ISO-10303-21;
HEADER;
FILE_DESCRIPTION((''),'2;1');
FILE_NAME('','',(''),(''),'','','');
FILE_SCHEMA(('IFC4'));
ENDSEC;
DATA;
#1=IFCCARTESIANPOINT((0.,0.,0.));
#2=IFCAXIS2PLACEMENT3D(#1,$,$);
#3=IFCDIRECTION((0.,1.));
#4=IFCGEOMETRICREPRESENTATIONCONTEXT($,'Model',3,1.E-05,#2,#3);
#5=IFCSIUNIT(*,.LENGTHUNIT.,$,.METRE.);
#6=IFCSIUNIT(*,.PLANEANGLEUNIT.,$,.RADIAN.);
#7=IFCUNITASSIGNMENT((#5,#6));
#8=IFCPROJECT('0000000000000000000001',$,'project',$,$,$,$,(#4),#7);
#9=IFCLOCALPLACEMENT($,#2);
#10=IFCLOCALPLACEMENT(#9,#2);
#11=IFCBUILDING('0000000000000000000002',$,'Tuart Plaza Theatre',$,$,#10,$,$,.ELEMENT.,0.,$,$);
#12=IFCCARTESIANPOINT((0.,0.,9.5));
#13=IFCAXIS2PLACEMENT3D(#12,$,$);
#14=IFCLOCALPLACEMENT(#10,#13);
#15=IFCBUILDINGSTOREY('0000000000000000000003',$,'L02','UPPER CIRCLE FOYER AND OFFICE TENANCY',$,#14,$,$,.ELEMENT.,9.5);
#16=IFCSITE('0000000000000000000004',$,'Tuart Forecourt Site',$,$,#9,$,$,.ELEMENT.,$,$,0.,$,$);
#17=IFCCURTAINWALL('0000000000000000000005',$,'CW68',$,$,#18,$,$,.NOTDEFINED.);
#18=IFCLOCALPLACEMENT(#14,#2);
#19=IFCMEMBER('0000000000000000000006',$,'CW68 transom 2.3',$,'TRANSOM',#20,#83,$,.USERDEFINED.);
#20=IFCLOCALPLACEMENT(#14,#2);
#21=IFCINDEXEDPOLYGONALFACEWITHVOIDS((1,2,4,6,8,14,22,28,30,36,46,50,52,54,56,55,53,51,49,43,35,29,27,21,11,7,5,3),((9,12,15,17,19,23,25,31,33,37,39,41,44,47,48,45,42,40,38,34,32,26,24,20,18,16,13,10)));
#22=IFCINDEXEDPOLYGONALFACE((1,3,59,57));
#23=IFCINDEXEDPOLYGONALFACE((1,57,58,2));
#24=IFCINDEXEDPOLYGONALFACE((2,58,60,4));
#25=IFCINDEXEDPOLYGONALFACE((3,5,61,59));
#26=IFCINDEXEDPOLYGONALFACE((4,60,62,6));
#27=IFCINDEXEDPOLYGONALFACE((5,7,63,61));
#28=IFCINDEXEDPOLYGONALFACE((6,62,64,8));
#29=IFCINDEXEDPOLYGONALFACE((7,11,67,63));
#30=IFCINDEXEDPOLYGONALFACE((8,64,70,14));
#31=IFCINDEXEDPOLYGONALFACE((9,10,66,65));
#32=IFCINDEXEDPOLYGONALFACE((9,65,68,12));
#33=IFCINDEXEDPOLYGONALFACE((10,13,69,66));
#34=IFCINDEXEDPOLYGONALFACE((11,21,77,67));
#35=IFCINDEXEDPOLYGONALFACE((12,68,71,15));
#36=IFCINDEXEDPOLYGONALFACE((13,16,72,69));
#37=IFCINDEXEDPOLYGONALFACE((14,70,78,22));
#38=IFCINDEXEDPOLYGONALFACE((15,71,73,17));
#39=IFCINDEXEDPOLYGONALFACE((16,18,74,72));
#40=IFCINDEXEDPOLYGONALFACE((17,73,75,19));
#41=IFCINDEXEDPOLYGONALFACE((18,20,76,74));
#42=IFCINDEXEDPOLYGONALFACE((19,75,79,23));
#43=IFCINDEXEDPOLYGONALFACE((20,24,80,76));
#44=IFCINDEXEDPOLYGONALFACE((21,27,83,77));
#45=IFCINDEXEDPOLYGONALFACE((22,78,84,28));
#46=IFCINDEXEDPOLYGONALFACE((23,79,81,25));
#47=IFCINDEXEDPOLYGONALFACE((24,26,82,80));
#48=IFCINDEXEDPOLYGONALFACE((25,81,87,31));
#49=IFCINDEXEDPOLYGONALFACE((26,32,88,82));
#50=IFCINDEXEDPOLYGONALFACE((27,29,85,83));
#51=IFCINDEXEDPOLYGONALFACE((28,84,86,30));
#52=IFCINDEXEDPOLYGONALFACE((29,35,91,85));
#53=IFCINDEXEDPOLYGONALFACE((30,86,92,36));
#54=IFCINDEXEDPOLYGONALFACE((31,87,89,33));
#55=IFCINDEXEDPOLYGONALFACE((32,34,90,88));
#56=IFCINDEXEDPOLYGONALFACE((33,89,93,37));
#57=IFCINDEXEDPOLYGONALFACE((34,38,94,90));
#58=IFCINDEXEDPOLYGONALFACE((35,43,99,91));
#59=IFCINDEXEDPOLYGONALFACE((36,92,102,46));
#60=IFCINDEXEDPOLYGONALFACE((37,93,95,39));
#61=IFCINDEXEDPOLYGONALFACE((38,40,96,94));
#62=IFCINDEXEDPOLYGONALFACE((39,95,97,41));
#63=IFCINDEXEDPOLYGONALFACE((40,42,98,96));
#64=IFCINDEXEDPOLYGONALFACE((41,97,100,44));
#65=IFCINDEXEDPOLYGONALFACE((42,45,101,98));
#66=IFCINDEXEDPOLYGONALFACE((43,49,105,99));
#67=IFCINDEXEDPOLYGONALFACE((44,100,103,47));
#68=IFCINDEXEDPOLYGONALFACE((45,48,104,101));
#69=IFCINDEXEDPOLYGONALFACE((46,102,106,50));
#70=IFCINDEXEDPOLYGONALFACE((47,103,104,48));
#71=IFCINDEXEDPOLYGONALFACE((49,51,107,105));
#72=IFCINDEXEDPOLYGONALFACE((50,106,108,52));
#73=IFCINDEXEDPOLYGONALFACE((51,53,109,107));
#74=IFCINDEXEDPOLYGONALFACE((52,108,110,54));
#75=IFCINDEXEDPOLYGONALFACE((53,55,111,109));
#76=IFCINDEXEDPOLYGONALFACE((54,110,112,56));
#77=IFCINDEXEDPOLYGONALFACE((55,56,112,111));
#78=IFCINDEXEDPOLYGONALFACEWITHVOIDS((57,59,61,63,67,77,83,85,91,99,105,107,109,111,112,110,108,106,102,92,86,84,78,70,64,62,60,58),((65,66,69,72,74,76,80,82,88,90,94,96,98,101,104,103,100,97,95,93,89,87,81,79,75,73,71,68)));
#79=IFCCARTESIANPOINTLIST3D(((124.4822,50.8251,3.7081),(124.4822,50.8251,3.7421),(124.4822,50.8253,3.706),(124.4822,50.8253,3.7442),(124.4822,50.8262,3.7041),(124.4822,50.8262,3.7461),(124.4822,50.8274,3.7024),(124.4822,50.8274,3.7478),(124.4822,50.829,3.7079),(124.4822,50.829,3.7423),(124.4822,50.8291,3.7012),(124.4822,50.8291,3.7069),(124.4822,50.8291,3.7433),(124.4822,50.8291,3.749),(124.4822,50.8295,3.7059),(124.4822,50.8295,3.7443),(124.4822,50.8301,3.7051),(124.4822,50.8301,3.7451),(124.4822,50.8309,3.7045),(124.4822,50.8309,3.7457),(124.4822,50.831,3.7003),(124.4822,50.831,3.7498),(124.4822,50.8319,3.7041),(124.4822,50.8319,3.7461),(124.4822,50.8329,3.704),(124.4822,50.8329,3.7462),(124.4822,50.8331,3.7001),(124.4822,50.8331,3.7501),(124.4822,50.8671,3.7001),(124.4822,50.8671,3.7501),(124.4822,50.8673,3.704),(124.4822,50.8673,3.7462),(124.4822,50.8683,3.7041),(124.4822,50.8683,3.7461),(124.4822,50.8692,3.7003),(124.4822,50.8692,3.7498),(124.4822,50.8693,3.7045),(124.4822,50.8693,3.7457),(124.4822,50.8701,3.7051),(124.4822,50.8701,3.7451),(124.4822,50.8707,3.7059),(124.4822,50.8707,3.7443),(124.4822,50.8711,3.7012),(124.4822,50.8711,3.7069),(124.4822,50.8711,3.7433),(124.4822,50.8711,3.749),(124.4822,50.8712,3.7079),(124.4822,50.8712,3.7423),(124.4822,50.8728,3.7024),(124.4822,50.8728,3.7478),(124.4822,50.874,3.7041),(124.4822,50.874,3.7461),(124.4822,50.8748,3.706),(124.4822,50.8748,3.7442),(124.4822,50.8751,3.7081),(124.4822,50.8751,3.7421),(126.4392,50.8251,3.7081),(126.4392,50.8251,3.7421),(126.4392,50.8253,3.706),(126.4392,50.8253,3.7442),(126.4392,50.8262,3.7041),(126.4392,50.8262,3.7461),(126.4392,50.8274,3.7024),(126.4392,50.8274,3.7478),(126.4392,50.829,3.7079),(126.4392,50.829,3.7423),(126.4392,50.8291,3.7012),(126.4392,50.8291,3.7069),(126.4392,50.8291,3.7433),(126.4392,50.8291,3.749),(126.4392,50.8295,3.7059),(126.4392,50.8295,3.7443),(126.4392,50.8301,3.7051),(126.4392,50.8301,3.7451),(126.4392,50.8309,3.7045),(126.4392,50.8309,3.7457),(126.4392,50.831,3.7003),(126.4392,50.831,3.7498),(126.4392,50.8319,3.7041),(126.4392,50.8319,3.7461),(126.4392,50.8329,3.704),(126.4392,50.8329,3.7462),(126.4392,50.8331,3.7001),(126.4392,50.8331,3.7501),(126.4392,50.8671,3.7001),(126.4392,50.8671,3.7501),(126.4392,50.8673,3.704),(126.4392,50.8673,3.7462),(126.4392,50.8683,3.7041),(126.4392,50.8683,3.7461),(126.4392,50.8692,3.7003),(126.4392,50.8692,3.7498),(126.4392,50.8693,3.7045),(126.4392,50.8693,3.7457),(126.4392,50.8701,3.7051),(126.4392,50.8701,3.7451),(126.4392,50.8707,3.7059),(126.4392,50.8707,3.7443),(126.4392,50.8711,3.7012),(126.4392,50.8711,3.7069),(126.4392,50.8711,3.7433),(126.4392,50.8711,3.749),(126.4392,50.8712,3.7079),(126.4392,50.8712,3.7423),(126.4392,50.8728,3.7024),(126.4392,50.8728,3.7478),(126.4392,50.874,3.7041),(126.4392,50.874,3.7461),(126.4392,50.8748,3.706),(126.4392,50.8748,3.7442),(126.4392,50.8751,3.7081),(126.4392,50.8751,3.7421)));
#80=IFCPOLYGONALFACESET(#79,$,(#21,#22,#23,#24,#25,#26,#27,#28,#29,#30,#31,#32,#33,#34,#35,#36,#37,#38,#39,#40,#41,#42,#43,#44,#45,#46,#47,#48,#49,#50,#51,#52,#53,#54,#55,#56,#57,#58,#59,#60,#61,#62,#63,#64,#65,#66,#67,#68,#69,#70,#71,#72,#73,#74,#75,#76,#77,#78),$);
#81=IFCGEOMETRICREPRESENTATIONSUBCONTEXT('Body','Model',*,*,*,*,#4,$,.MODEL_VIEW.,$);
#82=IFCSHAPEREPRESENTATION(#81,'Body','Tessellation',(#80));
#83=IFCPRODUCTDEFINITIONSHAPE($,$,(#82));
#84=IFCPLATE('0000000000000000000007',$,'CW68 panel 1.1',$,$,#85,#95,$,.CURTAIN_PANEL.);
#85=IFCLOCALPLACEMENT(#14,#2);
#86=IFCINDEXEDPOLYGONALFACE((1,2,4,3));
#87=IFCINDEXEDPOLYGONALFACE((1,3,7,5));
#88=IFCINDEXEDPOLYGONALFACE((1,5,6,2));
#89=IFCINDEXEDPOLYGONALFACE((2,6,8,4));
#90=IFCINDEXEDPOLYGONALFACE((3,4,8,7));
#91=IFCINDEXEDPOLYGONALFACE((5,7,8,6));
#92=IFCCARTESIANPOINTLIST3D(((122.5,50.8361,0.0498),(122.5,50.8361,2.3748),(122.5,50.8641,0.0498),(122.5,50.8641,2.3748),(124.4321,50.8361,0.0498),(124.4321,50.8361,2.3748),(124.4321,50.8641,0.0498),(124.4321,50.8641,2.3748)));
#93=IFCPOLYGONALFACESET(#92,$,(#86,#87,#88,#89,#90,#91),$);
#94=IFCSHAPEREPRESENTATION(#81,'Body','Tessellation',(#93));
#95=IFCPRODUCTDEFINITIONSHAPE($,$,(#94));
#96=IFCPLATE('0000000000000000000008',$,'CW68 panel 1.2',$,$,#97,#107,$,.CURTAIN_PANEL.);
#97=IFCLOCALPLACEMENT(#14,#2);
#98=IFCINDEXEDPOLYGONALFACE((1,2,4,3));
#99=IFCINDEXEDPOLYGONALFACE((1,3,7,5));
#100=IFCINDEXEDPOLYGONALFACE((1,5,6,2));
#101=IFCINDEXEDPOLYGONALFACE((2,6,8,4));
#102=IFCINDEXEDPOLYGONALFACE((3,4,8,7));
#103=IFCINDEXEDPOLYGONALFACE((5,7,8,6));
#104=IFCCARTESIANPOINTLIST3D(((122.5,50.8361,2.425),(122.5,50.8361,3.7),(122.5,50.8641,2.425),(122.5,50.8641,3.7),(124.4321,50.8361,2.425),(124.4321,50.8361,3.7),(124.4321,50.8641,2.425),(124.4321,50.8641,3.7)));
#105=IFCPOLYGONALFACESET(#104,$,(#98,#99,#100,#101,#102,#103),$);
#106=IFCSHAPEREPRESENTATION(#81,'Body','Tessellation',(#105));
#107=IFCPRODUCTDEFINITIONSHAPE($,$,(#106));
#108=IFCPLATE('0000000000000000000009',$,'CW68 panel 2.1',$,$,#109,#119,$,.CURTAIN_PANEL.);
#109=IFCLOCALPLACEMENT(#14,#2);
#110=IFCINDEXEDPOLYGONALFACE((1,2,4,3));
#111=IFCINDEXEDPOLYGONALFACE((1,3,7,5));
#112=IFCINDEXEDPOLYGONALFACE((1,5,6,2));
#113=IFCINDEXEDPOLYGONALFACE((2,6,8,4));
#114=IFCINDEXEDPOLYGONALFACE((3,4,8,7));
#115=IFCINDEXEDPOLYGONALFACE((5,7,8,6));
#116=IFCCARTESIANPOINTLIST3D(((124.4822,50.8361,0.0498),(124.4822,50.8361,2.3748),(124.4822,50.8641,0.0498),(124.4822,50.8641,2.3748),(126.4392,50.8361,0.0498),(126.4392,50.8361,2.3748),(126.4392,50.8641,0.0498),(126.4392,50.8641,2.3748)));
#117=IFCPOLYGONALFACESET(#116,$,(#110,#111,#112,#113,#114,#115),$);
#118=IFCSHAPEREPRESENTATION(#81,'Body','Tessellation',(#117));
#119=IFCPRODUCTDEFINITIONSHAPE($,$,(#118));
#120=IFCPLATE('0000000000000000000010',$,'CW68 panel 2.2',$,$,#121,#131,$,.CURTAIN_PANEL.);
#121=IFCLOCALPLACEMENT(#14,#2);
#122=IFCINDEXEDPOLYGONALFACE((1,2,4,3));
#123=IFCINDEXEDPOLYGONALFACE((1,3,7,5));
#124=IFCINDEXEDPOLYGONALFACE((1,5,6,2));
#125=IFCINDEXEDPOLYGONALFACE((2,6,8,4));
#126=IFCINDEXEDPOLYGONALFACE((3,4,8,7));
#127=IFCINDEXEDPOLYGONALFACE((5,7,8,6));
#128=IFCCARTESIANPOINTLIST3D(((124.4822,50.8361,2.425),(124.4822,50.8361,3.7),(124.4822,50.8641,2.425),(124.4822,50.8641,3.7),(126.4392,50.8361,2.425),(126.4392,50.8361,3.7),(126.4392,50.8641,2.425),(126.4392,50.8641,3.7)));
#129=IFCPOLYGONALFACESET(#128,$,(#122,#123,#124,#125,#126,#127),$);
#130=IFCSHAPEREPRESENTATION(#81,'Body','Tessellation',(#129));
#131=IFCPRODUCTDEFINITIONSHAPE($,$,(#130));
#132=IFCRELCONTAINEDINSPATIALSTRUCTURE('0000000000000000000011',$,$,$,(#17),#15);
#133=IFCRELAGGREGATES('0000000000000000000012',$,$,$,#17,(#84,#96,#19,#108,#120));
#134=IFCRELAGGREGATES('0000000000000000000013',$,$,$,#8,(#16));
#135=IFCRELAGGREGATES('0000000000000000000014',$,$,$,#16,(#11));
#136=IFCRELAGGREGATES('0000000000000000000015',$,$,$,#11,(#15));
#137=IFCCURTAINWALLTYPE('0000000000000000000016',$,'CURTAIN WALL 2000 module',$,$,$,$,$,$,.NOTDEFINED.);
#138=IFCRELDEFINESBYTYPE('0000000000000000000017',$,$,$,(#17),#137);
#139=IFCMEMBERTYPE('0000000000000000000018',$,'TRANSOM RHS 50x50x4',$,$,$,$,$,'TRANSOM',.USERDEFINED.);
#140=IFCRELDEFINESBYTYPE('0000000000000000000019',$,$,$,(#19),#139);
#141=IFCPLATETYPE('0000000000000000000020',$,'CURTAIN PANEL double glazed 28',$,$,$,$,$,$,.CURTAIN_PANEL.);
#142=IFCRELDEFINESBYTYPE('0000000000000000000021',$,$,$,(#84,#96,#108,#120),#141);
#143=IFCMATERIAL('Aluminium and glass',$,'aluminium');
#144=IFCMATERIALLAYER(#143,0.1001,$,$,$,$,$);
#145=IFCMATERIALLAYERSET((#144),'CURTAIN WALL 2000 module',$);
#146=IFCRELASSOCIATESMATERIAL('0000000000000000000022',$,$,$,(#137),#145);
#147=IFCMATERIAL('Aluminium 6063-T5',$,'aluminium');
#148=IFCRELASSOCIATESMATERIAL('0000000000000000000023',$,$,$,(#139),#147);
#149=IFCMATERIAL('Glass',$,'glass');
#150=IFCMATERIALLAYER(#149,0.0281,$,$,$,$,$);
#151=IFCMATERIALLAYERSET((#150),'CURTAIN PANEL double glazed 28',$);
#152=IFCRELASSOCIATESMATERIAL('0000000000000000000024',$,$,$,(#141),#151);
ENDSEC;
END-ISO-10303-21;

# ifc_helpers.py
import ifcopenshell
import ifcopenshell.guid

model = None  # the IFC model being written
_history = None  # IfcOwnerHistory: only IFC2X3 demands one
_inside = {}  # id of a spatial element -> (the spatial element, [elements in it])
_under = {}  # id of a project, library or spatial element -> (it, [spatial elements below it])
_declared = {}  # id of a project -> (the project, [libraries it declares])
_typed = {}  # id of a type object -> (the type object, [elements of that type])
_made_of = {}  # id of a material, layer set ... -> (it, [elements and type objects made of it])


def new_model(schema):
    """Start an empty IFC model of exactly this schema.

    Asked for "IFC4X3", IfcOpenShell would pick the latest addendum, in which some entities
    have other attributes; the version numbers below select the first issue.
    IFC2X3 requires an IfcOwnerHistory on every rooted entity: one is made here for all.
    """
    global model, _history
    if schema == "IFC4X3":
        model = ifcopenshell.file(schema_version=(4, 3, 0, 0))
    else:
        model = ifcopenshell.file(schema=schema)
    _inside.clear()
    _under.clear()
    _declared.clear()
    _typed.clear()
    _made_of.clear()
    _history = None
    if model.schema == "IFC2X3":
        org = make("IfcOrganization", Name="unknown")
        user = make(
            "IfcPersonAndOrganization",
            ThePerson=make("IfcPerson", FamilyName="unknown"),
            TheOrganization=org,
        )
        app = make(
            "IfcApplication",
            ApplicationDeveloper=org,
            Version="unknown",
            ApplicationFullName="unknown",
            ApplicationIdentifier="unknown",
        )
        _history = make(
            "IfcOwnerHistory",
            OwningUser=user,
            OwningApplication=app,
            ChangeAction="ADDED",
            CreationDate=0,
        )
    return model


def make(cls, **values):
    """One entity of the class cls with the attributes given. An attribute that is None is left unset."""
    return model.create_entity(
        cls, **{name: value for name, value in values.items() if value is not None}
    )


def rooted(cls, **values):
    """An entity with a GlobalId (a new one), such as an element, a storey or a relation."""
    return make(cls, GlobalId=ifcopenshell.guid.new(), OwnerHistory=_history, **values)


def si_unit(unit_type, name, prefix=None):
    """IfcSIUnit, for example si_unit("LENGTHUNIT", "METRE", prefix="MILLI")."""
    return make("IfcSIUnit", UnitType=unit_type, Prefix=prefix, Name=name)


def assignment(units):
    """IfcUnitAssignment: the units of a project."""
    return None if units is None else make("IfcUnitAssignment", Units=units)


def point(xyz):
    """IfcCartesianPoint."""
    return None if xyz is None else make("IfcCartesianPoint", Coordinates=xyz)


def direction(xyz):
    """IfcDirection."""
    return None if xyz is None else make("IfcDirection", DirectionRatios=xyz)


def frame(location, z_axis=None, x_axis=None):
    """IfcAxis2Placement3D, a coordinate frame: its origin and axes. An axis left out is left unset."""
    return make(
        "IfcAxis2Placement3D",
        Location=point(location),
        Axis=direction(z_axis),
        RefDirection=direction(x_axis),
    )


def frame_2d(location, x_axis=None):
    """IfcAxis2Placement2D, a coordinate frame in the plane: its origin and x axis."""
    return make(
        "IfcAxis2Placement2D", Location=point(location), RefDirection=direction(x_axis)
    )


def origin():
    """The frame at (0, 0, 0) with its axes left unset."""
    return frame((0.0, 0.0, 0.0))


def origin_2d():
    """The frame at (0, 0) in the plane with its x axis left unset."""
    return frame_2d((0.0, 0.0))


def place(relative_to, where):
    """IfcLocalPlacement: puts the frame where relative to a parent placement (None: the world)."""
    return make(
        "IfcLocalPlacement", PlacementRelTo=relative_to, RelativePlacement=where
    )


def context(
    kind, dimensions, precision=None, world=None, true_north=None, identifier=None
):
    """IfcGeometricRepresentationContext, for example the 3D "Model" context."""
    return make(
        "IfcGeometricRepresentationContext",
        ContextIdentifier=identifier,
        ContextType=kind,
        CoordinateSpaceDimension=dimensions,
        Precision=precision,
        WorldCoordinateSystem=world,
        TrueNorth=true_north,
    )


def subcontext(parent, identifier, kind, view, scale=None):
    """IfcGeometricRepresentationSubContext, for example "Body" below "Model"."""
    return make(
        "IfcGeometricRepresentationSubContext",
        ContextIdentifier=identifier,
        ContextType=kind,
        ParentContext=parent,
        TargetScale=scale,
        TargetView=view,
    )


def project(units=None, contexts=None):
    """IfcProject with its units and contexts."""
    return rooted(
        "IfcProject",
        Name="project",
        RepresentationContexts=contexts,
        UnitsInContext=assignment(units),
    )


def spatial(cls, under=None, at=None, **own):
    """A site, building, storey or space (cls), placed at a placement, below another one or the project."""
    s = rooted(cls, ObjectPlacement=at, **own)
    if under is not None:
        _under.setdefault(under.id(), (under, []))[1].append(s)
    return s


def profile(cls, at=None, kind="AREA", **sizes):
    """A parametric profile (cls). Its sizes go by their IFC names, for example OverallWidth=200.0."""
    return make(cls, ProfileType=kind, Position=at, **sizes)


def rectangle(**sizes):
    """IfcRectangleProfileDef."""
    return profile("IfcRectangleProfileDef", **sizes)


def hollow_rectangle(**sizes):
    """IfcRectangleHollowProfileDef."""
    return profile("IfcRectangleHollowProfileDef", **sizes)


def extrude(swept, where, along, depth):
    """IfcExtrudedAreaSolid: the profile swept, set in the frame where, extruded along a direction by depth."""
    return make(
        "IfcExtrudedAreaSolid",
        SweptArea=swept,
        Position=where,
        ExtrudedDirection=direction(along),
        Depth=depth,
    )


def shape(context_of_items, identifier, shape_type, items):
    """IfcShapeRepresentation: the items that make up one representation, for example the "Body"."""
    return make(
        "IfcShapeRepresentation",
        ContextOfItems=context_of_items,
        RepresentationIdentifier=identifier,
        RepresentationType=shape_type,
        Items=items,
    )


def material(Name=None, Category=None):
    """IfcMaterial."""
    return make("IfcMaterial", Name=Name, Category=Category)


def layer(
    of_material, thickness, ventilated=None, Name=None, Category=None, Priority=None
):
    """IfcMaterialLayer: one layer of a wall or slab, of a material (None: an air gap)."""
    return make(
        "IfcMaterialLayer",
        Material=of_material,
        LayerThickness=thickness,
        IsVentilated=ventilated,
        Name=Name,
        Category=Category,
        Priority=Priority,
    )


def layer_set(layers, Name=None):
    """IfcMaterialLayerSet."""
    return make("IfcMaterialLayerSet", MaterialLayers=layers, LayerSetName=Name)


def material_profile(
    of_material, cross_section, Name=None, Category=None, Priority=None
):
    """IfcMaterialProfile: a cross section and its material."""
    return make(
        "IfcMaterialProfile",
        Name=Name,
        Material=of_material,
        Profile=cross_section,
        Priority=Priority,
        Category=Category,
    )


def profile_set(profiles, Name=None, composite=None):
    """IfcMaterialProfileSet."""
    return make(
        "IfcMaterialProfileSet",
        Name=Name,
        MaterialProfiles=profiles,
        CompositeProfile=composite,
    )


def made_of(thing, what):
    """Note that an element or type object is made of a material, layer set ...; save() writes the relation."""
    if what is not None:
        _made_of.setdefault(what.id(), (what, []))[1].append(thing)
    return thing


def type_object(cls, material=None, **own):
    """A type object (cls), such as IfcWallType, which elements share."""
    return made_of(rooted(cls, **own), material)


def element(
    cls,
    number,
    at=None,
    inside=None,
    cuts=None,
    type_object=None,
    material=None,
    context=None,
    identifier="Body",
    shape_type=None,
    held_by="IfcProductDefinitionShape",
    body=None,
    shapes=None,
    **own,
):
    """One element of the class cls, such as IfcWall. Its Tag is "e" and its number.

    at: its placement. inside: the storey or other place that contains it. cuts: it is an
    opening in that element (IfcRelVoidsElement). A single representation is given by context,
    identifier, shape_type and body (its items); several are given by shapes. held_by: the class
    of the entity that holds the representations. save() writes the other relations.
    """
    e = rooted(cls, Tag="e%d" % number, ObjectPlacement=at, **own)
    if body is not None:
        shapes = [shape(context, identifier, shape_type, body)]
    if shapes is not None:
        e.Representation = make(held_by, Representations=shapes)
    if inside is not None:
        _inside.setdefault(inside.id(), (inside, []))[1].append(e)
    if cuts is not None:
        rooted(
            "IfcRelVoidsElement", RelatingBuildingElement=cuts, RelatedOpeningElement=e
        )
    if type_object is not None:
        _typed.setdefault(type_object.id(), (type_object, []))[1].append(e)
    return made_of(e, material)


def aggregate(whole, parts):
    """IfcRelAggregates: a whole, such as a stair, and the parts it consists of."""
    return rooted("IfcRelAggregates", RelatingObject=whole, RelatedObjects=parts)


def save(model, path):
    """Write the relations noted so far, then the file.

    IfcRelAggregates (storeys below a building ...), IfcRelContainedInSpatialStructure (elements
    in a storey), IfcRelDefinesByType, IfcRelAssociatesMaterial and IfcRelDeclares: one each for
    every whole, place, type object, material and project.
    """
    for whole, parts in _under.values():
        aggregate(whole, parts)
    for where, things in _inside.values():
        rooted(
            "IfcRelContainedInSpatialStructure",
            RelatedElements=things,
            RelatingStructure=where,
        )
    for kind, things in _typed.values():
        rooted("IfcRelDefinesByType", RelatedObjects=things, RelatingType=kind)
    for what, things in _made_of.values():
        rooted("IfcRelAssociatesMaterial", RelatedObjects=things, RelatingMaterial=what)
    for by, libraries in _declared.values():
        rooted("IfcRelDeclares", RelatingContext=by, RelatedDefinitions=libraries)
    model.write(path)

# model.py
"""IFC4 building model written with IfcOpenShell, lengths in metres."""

from ifc_helpers import new_model, si_unit, direction, frame, origin, origin_2d, place, context, subcontext, project, spatial, rectangle, hollow_rectangle, extrude, material, layer, layer_set, material_profile, profile_set, type_object, element, aggregate, save


model = new_model("IFC4")

# Units and contexts
model_context = context("Model", 3, precision=1e-05, world=origin(), true_north=direction((0.0, 1.0)))
body_context = subcontext(model_context, "Body", "Model", "MODEL_VIEW")
ifc_project = project(units=[si_unit("LENGTHUNIT", "METRE"), si_unit("PLANEANGLEUNIT", "RADIAN")], contexts=[model_context])

# Site, building, storey
site_placement = place(None, origin())
site = spatial("IfcSite", under=ifc_project, at=site_placement, Name="Tuart Forecourt Site", CompositionType="ELEMENT", RefElevation=0.0)
building_placement = place(site_placement, origin())
building = spatial("IfcBuilding", under=site, at=building_placement, Name="Tuart Plaza Theatre", CompositionType="ELEMENT", ElevationOfRefHeight=0.0)
storey_placement = place(building_placement, frame((0.0, 0.0, 9.5)))
storey = spatial("IfcBuildingStorey", under=building, at=storey_placement, Name="L02", Description="UPPER CIRCLE FOYER AND OFFICE TENANCY", CompositionType="ELEMENT", Elevation=9.5)

# Shared definitions
ifc_material_1 = material(Name="Aluminium and glass", Category="aluminium")
ifc_layer_1 = layer(ifc_material_1, 0.1001)
ifc_layer_set_1 = layer_set([ifc_layer_1], Name="CURTAIN WALL 2000 module")
curtain_wall_type = type_object("IfcCurtainWallType", Name="CURTAIN WALL 2000 module", PredefinedType="NOTDEFINED", material=ifc_layer_set_1)

# Curtain wall
curtain_wall_1_placement = place(storey_placement, origin())
curtain_wall_1 = element("IfcCurtainWall", 1, at=curtain_wall_1_placement, inside=storey, type_object=curtain_wall_type, Name="CW68", PredefinedType="NOTDEFINED")

# Member
ifc_material_2 = material(Name="Aluminium 6063-T5", Category="aluminium")
ifc_material_profile_1 = material_profile(ifc_material_2, hollow_rectangle(XDim=0.05, YDim=0.05, WallThickness=0.0039, InnerFilletRadius=0.0039, OuterFilletRadius=0.0081, at=origin_2d()), Name="RHS 50x50x4")
ifc_profile_set_1 = profile_set([ifc_material_profile_1], Name="Aluminium 6063-T5")
member_type_1 = type_object("IfcMemberType", Name="TRANSOM RHS 50x50x4", ElementType="TRANSOM", PredefinedType="USERDEFINED", material=ifc_profile_set_1)
member_1_placement = place(storey_placement, frame((124.4822, 50.8501, 3.7251), z_axis=(1.0, 0.0, 0.0), x_axis=(0.0, 1.0, 0.0)))
member_1 = element("IfcMember", 2, at=member_1_placement, type_object=member_type_1, Name="CW68 transom 2.3", ObjectType="TRANSOM", PredefinedType="USERDEFINED", context=body_context, shape_type="SweptSolid", body=[
    extrude(hollow_rectangle(XDim=0.05, YDim=0.05, WallThickness=0.0039, InnerFilletRadius=0.0039, OuterFilletRadius=0.0081, at=origin_2d()), origin(), (0.0, 0.0, 1.0), 1.957),
])

# Plates
ifc_material_3 = material(Name="Glass", Category="glass")
ifc_layer_2 = layer(ifc_material_3, 0.0281)
ifc_layer_set_2 = layer_set([ifc_layer_2], Name="CURTAIN PANEL double glazed 28")
plate_type = type_object("IfcPlateType", Name="CURTAIN PANEL double glazed 28", PredefinedType="CURTAIN_PANEL", material=ifc_layer_set_2)
plate_1_placement = place(storey_placement, frame((123.4661, 50.8501, 0.0498), z_axis=(0.0, 0.0, 1.0), x_axis=(1.0, 0.0, 0.0)))
plate_1 = element("IfcPlate", 3, at=plate_1_placement, type_object=plate_type, Name="CW68 panel 1.1", PredefinedType="CURTAIN_PANEL", context=body_context, shape_type="SweptSolid", body=[
    extrude(rectangle(XDim=1.9321, YDim=0.0281, at=origin_2d()), origin(), (0.0, 0.0, 1.0), 2.325),
])
plate_2_placement = place(storey_placement, frame((123.4661, 50.8501, 2.425), z_axis=(0.0, 0.0, 1.0), x_axis=(1.0, 0.0, 0.0)))
plate_2 = element("IfcPlate", 4, at=plate_2_placement, type_object=plate_type, Name="CW68 panel 1.2", PredefinedType="CURTAIN_PANEL", context=body_context, shape_type="SweptSolid", body=[
    extrude(rectangle(XDim=1.9321, YDim=0.0281, at=origin_2d()), origin(), (0.0, 0.0, 1.0), 1.2749),
])
plate_3_placement = place(storey_placement, frame((125.4607, 50.8501, 0.0498), z_axis=(0.0, 0.0, 1.0), x_axis=(1.0, 0.0, 0.0)))
plate_3 = element("IfcPlate", 5, at=plate_3_placement, type_object=plate_type, Name="CW68 panel 2.1", PredefinedType="CURTAIN_PANEL", context=body_context, shape_type="SweptSolid", body=[
    extrude(rectangle(XDim=1.957, YDim=0.0281, at=origin_2d()), origin(), (0.0, 0.0, 1.0), 2.325),
])
plate_4_placement = place(storey_placement, frame((125.4607, 50.8501, 2.425), z_axis=(0.0, 0.0, 1.0), x_axis=(1.0, 0.0, 0.0)))
plate_4 = element("IfcPlate", 6, at=plate_4_placement, type_object=plate_type, Name="CW68 panel 2.2", PredefinedType="CURTAIN_PANEL", context=body_context, shape_type="SweptSolid", body=[
    extrude(rectangle(XDim=1.957, YDim=0.0281, at=origin_2d()), origin(), (0.0, 0.0, 1.0), 1.2749),
])
aggregate(curtain_wall_1, [plate_1, plate_2, member_1, plate_3, plate_4])

save(model, "model.ifc")
